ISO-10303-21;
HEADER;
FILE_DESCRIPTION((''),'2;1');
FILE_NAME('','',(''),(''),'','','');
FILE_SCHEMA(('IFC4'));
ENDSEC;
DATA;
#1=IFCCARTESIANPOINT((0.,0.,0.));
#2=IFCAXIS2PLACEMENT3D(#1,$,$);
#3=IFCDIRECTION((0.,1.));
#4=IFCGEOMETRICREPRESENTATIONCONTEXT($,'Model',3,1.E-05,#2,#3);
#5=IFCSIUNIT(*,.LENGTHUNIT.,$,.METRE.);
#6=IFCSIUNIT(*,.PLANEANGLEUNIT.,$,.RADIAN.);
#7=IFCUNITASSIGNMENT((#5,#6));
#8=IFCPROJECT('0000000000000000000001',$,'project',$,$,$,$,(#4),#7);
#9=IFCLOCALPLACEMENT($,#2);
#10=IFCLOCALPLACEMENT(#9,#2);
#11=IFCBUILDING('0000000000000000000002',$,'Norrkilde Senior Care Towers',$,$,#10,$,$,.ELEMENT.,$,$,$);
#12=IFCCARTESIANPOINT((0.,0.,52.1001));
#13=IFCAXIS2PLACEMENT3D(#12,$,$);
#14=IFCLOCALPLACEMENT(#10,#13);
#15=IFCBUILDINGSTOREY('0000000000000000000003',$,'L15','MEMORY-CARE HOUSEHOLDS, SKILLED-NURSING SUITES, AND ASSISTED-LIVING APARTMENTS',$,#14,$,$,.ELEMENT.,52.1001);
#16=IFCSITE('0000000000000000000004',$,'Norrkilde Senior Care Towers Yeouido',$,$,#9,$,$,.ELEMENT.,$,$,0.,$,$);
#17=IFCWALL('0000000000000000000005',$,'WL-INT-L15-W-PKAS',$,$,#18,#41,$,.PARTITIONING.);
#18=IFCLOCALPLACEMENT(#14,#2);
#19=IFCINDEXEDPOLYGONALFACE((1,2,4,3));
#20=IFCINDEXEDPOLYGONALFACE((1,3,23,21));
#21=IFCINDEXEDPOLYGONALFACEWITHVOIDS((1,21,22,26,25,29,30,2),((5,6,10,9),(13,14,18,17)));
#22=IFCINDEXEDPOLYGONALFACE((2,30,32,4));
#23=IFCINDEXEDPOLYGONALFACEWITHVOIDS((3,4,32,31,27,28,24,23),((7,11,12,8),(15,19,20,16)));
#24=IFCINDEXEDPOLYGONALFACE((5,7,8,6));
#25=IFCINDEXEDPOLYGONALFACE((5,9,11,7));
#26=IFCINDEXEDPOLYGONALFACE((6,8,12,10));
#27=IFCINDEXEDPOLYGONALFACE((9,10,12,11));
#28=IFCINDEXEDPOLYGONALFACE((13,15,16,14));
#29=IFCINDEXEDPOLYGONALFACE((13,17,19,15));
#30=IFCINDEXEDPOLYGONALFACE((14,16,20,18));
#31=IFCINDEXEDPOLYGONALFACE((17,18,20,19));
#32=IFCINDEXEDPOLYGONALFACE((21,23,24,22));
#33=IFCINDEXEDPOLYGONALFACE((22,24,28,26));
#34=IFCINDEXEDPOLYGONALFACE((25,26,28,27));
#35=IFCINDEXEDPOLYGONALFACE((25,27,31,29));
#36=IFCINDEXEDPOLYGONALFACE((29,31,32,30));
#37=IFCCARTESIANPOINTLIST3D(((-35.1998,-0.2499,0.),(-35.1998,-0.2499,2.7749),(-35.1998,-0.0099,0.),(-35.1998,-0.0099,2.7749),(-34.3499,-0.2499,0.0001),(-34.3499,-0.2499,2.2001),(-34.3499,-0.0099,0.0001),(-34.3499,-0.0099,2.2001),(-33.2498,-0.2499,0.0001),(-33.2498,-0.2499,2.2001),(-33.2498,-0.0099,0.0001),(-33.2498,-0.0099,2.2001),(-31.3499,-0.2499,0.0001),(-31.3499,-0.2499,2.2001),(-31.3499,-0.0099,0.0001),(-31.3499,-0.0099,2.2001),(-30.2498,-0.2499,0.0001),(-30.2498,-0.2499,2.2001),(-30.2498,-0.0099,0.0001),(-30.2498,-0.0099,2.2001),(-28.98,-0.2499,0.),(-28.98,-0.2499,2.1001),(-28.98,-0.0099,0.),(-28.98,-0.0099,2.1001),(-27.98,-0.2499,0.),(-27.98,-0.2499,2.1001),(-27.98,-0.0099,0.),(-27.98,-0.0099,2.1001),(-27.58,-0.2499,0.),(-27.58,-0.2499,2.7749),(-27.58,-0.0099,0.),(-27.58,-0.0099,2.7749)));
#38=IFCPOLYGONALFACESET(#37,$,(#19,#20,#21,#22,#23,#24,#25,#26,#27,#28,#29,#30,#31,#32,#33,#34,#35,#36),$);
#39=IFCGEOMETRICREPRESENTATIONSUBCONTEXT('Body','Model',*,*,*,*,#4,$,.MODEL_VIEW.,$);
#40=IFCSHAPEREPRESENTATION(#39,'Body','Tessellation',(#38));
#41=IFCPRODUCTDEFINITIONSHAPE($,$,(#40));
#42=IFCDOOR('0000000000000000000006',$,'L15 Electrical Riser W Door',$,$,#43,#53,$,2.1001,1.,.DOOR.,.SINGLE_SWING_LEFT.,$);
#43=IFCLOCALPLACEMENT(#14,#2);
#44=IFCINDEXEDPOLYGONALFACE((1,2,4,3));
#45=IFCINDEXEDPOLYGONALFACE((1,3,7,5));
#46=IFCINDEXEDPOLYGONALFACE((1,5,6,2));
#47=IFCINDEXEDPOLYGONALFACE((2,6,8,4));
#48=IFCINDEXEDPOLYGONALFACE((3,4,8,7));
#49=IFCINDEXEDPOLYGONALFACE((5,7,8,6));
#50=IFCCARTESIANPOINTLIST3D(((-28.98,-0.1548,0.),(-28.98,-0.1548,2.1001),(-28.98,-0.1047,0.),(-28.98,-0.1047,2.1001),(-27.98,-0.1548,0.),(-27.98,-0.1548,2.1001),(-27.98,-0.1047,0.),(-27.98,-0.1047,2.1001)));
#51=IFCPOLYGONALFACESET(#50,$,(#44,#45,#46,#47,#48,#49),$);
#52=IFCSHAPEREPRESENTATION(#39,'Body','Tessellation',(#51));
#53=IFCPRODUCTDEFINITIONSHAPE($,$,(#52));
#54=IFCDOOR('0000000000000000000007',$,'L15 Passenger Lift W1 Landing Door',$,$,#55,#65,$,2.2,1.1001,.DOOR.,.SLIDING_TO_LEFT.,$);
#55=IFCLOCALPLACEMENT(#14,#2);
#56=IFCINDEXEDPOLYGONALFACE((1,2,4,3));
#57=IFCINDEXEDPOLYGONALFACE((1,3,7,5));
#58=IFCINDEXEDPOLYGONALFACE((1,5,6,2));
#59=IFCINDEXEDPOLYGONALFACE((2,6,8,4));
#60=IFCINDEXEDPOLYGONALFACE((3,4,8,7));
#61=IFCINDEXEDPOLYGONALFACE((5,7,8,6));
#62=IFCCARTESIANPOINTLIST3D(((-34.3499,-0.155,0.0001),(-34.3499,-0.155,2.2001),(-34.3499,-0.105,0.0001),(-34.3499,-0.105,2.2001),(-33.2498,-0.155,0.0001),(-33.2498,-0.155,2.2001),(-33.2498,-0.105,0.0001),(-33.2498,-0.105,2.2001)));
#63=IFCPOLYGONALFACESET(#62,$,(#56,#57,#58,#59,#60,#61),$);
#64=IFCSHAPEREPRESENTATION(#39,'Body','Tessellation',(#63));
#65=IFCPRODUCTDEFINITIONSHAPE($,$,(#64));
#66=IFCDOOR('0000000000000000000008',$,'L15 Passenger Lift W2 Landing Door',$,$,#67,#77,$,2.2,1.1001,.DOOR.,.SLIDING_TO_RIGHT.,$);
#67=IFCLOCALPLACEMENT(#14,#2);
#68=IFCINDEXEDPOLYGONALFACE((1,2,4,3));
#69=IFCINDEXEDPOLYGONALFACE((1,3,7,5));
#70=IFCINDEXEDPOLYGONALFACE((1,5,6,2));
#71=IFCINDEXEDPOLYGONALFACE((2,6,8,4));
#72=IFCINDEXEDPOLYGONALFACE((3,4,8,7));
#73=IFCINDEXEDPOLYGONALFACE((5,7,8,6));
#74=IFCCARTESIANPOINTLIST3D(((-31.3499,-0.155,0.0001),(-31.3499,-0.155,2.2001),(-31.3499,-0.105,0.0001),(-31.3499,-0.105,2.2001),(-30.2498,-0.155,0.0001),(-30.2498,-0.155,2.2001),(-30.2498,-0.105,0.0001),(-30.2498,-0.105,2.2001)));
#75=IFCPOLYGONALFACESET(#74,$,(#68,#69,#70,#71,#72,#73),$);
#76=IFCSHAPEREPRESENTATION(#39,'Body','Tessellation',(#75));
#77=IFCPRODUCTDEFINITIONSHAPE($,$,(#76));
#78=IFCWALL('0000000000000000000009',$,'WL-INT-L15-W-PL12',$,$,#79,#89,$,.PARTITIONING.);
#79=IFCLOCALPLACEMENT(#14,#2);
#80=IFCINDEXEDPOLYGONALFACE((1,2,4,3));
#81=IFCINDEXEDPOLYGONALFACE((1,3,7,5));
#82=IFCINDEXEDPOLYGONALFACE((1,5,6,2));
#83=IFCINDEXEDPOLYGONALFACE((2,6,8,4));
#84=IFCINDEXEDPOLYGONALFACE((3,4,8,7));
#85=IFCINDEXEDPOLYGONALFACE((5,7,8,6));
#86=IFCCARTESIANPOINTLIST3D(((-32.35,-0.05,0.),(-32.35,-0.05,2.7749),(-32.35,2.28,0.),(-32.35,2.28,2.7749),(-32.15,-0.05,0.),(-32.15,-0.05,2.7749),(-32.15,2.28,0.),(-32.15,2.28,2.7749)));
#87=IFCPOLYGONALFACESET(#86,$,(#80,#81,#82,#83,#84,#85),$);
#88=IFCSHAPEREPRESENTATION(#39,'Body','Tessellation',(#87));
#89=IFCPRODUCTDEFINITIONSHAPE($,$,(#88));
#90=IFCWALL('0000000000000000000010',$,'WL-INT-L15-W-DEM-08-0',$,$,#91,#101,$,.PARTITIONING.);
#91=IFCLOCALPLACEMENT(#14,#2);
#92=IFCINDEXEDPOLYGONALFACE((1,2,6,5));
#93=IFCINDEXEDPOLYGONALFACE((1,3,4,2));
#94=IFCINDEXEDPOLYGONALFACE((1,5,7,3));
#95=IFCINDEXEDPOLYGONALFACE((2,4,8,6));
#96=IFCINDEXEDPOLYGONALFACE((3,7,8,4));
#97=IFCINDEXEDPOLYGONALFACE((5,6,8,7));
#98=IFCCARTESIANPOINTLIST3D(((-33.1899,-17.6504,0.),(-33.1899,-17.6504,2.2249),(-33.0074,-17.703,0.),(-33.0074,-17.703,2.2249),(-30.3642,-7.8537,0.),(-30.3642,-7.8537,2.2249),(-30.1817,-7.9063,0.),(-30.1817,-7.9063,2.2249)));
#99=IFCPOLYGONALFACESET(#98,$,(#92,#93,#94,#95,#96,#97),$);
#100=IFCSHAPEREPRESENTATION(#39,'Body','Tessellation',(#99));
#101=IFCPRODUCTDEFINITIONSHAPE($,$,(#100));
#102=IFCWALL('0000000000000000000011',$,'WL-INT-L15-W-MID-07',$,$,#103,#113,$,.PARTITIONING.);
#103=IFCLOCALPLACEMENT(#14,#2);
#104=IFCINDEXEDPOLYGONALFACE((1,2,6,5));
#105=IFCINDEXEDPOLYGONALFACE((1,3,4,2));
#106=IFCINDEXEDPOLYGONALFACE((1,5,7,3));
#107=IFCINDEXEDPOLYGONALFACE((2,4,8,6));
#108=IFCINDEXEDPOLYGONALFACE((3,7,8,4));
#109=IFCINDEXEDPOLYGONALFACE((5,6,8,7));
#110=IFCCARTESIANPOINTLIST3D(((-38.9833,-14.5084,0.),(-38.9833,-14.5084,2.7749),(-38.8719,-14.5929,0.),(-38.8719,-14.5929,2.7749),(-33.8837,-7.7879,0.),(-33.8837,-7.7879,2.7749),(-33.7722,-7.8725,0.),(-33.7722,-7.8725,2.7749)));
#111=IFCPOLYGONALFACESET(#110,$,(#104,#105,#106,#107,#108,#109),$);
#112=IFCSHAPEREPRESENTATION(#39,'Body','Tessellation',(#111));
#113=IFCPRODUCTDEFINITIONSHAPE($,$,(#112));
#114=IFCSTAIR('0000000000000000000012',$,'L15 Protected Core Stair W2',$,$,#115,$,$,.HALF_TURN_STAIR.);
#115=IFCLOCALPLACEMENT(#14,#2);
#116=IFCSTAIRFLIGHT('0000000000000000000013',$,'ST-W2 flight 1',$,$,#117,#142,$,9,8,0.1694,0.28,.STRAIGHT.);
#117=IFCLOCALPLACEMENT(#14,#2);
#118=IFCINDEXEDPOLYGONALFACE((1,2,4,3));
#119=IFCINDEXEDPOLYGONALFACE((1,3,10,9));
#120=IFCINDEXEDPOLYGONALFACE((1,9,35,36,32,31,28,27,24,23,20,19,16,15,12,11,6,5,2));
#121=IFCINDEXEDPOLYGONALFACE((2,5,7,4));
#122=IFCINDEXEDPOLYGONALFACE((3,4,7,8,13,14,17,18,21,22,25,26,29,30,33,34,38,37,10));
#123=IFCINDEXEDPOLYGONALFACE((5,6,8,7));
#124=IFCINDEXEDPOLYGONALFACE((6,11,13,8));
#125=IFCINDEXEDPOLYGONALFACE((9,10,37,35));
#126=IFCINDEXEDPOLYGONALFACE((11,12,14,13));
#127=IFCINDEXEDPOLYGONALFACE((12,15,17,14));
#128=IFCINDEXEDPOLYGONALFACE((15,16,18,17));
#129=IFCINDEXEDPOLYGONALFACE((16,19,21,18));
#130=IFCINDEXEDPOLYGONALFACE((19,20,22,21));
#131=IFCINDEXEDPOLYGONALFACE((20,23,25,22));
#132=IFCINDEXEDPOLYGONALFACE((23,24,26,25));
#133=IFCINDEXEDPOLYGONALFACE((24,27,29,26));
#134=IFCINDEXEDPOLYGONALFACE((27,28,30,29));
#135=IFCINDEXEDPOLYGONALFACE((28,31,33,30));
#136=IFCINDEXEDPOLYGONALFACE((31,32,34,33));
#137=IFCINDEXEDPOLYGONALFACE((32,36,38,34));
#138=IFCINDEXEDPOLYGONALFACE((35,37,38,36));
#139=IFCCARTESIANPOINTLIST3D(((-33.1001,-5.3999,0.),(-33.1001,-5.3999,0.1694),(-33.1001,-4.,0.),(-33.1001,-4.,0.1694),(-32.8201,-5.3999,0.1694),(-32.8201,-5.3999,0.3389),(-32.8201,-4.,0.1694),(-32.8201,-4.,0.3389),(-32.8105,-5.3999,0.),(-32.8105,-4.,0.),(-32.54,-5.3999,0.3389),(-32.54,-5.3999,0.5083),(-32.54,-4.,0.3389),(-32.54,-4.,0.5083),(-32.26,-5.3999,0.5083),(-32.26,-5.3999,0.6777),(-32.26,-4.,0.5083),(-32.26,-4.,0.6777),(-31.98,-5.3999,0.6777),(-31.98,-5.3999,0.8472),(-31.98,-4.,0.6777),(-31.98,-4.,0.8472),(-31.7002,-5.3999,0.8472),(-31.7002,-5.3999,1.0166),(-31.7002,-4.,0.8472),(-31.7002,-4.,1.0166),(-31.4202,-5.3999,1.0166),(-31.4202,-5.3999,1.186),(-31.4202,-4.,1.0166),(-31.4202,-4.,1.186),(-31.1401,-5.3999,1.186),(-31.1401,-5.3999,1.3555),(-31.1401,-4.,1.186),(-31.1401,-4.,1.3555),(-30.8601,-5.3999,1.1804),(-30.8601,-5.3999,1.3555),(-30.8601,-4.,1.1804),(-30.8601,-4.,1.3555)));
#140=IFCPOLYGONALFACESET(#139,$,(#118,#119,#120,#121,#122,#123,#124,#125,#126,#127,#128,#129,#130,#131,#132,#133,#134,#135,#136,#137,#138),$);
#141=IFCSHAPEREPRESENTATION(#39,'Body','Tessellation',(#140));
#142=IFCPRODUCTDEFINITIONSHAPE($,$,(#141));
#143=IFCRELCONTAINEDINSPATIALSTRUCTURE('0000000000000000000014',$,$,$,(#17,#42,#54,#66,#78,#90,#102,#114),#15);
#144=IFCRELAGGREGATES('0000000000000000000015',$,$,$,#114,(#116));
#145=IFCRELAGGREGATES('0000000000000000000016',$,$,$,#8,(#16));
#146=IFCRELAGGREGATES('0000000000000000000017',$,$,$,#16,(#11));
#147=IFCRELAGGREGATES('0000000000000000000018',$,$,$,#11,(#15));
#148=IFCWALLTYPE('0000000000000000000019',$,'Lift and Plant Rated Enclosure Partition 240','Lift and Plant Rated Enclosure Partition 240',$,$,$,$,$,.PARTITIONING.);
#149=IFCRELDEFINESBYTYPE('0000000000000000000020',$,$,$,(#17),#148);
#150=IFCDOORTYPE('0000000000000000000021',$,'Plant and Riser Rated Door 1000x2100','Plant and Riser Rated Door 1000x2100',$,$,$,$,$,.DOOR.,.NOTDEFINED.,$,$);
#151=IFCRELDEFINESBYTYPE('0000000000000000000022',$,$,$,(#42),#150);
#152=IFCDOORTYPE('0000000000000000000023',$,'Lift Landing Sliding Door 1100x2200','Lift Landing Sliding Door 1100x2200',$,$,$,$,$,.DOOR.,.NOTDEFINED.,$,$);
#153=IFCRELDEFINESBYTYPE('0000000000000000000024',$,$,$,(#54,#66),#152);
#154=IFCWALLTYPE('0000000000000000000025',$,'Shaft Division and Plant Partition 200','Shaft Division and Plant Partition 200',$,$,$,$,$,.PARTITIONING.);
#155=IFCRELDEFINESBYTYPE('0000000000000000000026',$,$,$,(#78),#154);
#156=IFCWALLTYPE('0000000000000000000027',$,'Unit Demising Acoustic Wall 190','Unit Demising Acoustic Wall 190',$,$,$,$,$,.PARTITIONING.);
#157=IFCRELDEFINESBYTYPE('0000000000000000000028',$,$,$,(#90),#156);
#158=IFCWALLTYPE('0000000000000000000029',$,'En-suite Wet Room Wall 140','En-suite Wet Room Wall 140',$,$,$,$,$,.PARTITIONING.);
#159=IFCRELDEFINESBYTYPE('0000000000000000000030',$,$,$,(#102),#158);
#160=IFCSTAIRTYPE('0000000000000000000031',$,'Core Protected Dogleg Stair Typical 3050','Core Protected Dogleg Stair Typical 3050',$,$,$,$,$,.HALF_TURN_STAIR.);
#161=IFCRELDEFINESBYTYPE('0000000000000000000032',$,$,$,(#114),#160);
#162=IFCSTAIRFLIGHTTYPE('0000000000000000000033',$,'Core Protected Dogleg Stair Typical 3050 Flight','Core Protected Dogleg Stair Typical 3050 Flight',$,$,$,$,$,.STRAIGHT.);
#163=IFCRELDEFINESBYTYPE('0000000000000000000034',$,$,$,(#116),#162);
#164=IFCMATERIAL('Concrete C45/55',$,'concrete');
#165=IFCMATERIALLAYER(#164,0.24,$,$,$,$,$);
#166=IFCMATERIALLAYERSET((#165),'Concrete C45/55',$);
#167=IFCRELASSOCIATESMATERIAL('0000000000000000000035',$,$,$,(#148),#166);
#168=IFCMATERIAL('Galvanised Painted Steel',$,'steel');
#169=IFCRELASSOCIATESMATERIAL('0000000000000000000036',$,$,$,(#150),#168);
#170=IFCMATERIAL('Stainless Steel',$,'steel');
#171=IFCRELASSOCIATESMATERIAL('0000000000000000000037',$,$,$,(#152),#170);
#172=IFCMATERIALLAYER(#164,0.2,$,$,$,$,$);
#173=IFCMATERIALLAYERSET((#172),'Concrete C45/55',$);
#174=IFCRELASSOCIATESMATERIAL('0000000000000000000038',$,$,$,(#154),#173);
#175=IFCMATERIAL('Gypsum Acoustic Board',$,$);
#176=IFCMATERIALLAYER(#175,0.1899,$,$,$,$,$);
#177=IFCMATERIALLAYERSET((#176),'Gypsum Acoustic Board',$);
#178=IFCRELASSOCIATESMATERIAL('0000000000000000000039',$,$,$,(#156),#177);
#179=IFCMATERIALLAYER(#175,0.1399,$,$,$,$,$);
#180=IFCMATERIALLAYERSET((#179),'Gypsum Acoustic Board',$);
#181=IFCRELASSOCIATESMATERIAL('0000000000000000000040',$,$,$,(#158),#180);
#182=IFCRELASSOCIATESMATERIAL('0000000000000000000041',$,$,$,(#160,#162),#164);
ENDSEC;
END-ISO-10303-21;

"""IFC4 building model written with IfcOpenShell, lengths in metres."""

from ifc_helpers import new_model, si_unit, direction, frame, frame_2d, origin, place, context, subcontext, project, spatial, polyline, rectangle, outline, extrude, source, transform, mapped, material, layer, layer_set, type_object, type_shapes, element, fill, aggregate, save


model = new_model("IFC4")

# Units and contexts
model_context = context("Model", 3, precision=1e-05, world=origin(), true_north=direction((0.0, 1.0)))
body_context = subcontext(model_context, "Body", "Model", "MODEL_VIEW")
ifc_project = project(units=[si_unit("LENGTHUNIT", "METRE"), si_unit("PLANEANGLEUNIT", "RADIAN")], contexts=[model_context])

# Site, building, storey
site_placement = place(None, origin())
site = spatial("IfcSite", under=ifc_project, at=site_placement, Name="Norrkilde Senior Care Towers Yeouido", CompositionType="ELEMENT", RefElevation=0.0)
building_placement = place(site_placement, origin())
building = spatial("IfcBuilding", under=site, at=building_placement, Name="Norrkilde Senior Care Towers", CompositionType="ELEMENT")
storey_placement = place(building_placement, frame((0.0, 0.0, 52.1001)))
storey = spatial("IfcBuildingStorey", under=building, at=storey_placement, Name="L15", Description="MEMORY-CARE HOUSEHOLDS, SKILLED-NURSING SUITES, AND ASSISTED-LIVING APARTMENTS", CompositionType="ELEMENT", Elevation=52.1001)

# Shared definitions
ifc_material_1 = material(Name="Concrete C45/55", Category="concrete")
ifc_material_2 = material(Name="Galvanised Painted Steel", Category="steel")

# Wall, openings, doors
ifc_layer_1 = layer(ifc_material_1, 0.24)
ifc_layer_set_1 = layer_set([ifc_layer_1], Name="Concrete C45/55")
wall_type_1 = type_object("IfcWallType", Name="Lift and Plant Rated Enclosure Partition 240", Description="Lift and Plant Rated Enclosure Partition 240", PredefinedType="PARTITIONING", material=ifc_layer_set_1)
shared_shape_1 = source(origin(), body_context, "Body", "SweptSolid", [
    extrude(rectangle(XDim=7.6199, YDim=0.24, at=frame_2d((3.8101, 0.0))), origin(), (0.0, 0.0, 1.0), 2.7749),
])
type_shapes(wall_type_1, [shared_shape_1])
wall_1_placement = place(storey_placement, frame((-35.2, -0.1299, 0.0), z_axis=(0.0, 0.0, 1.0), x_axis=(1.0, 0.0, 0.0)))
wall_1 = element("IfcWall", 1, at=wall_1_placement, inside=storey, type_object=wall_type_1, Name="WL-INT-L15-W-PKAS", PredefinedType="PARTITIONING", context=body_context, shape_type="MappedRepresentation", body=[
    mapped(shared_shape_1, transform((0.0, 0.0, 0.0), x_axis=(1.0, 0.0, 0.0), y_axis=(0.0, 1.0, 0.0), z_axis=(0.0, 0.0, 1.0), scale=1.0)),
])
opening_1_placement = place(wall_1_placement, frame((6.22, 0.0, 0.0)))
opening_1 = element("IfcOpeningElement", 2, at=opening_1_placement, cuts=wall_1, PredefinedType="OPENING", context=body_context, shape_type="SweptSolid", body=[
    extrude(rectangle(XDim=1.0, YDim=2.1001, at=frame_2d((0.5, 1.05))), frame((0.0, 0.1299, 0.0), z_axis=(0.0, -1.0, 0.0), x_axis=(1.0, 0.0, 0.0)), (0.0, 0.0, 1.0), 0.26),
])
opening_2_placement = place(wall_1_placement, frame((0.8501, 0.0, 0.0)))
opening_2 = element("IfcOpeningElement", 3, at=opening_2_placement, cuts=wall_1, PredefinedType="OPENING", context=body_context, shape_type="SweptSolid", body=[
    extrude(rectangle(XDim=1.1001, YDim=2.2, at=frame_2d((0.55, 1.1001))), frame((0.0, 0.1299, 0.0), z_axis=(0.0, -1.0, 0.0), x_axis=(1.0, 0.0, 0.0)), (0.0, 0.0, 1.0), 0.26),
])
opening_3_placement = place(wall_1_placement, frame((3.8501, 0.0, 0.0)))
opening_3 = element("IfcOpeningElement", 4, at=opening_3_placement, cuts=wall_1, PredefinedType="OPENING", context=body_context, shape_type="SweptSolid", body=[
    extrude(rectangle(XDim=1.1001, YDim=2.2, at=frame_2d((0.55, 1.1001))), frame((0.0, 0.1299, 0.0), z_axis=(0.0, -1.0, 0.0), x_axis=(1.0, 0.0, 0.0)), (0.0, 0.0, 1.0), 0.26),
])
door_type_1 = type_object("IfcDoorType", Name="Plant and Riser Rated Door 1000x2100", Description="Plant and Riser Rated Door 1000x2100", OperationType="NOTDEFINED", PredefinedType="DOOR", material=ifc_material_2)
shared_shape_2 = source(origin(), body_context, "Body", "SweptSolid", [
    extrude(rectangle(XDim=1.0, YDim=2.1001, at=frame_2d((0.5, 1.05))), frame((0.0, 0.0249, 0.0), z_axis=(0.0, -1.0, 0.0), x_axis=(1.0, 0.0, 0.0)), (0.0, 0.0, 1.0), 0.05),
])
type_shapes(door_type_1, [shared_shape_2])
door_1_placement = place(opening_1_placement, frame((1.0, 0.0, 0.0), z_axis=(0.0, 0.0, 1.0), x_axis=(-1.0, 0.0, 0.0)))
door_1 = element("IfcDoor", 5, at=door_1_placement, inside=storey, type_object=door_type_1, Name="L15 Electrical Riser W Door", OperationType="SINGLE_SWING_LEFT", OverallHeight=2.1001, OverallWidth=1.0, PredefinedType="DOOR", context=body_context, shape_type="MappedRepresentation", body=[
    mapped(shared_shape_2, transform((0.0, 0.0, 0.0), x_axis=(1.0, 0.0, 0.0), y_axis=(0.0, 1.0, 0.0), z_axis=(0.0, 0.0, 1.0), scale=1.0)),
])
fill(opening_1, door_1)
ifc_material_3 = material(Name="Stainless Steel", Category="steel")
door_type_2 = type_object("IfcDoorType", Name="Lift Landing Sliding Door 1100x2200", Description="Lift Landing Sliding Door 1100x2200", OperationType="NOTDEFINED", PredefinedType="DOOR", material=ifc_material_3)
shared_shape_3 = source(origin(), body_context, "Body", "SweptSolid", [
    extrude(rectangle(XDim=1.1001, YDim=2.2, at=frame_2d((0.55, 1.1001))), frame((0.0, 0.0249, 0.0), z_axis=(0.0, -1.0, 0.0), x_axis=(1.0, 0.0, 0.0)), (0.0, 0.0, 1.0), 0.05),
])
type_shapes(door_type_2, [shared_shape_3])
door_2_placement = place(opening_2_placement, origin())
door_2 = element("IfcDoor", 6, at=door_2_placement, inside=storey, type_object=door_type_2, Name="L15 Passenger Lift W1 Landing Door", OperationType="SLIDING_TO_LEFT", OverallHeight=2.2, OverallWidth=1.1001, PredefinedType="DOOR", context=body_context, shape_type="MappedRepresentation", body=[
    mapped(shared_shape_3, transform((0.0, 0.0, 0.0), x_axis=(1.0, 0.0, 0.0), y_axis=(0.0, 1.0, 0.0), z_axis=(0.0, 0.0, 1.0), scale=1.0)),
])
fill(opening_2, door_2)
door_3_placement = place(opening_3_placement, origin())
door_3 = element("IfcDoor", 7, at=door_3_placement, inside=storey, type_object=door_type_2, Name="L15 Passenger Lift W2 Landing Door", OperationType="SLIDING_TO_RIGHT", OverallHeight=2.2, OverallWidth=1.1001, PredefinedType="DOOR", context=body_context, shape_type="MappedRepresentation", body=[
    mapped(shared_shape_3, transform((0.0, 0.0, 0.0), x_axis=(1.0, 0.0, 0.0), y_axis=(0.0, 1.0, 0.0), z_axis=(0.0, 0.0, 1.0), scale=1.0)),
])
fill(opening_3, door_3)

# Walls
ifc_layer_2 = layer(ifc_material_1, 0.2)
ifc_layer_set_2 = layer_set([ifc_layer_2], Name="Concrete C45/55")
wall_type_2 = type_object("IfcWallType", Name="Shaft Division and Plant Partition 200", Description="Shaft Division and Plant Partition 200", PredefinedType="PARTITIONING", material=ifc_layer_set_2)
shared_shape_4 = source(origin(), body_context, "Body", "SweptSolid", [
    extrude(rectangle(XDim=2.3301, YDim=0.2, at=frame_2d((1.165, 0.0))), origin(), (0.0, 0.0, 1.0), 2.7749),
])
type_shapes(wall_type_2, [shared_shape_4])
wall_2_placement = place(storey_placement, frame((-32.25, -0.05, 0.0), z_axis=(0.0, 0.0, 1.0), x_axis=(0.0, 1.0, 0.0)))
element("IfcWall", 8, at=wall_2_placement, inside=storey, type_object=wall_type_2, Name="WL-INT-L15-W-PL12", PredefinedType="PARTITIONING", context=body_context, shape_type="MappedRepresentation", body=[
    mapped(shared_shape_4, transform((0.0, 0.0, 0.0), x_axis=(1.0, 0.0, 0.0), y_axis=(0.0, 1.0, 0.0), z_axis=(0.0, 0.0, 1.0), scale=1.0)),
])
ifc_material_4 = material(Name="Gypsum Acoustic Board")
ifc_layer_3 = layer(ifc_material_4, 0.1899)
ifc_layer_set_3 = layer_set([ifc_layer_3], Name="Gypsum Acoustic Board")
wall_type_3 = type_object("IfcWallType", Name="Unit Demising Acoustic Wall 190", Description="Unit Demising Acoustic Wall 190", PredefinedType="PARTITIONING", material=ifc_layer_set_3)
shared_shape_5 = source(origin(), body_context, "Body", "SweptSolid", [
    extrude(rectangle(XDim=10.196, YDim=0.1899, at=frame_2d((5.0981, 0.0))), origin(), (0.0, 0.0, 1.0), 2.2249),
])
type_shapes(wall_type_3, [shared_shape_5])
wall_3_placement = place(storey_placement, frame((-30.2729, -7.8799, 0.0), z_axis=(0.0, 0.0, 1.0), x_axis=(-0.277136, -0.960831, 0.0)))
element("IfcWall", 9, at=wall_3_placement, inside=storey, type_object=wall_type_3, Name="WL-INT-L15-W-DEM-08-0", PredefinedType="PARTITIONING", context=body_context, shape_type="MappedRepresentation", body=[
    mapped(shared_shape_5, transform((0.0, 0.0, 0.0), x_axis=(1.0, 0.0, 0.0), y_axis=(0.0, 1.0, 0.0), z_axis=(0.0, 0.0, 1.0), scale=1.0)),
])
ifc_layer_4 = layer(ifc_material_4, 0.1399)
ifc_layer_set_4 = layer_set([ifc_layer_4], Name="Gypsum Acoustic Board")
wall_type_4 = type_object("IfcWallType", Name="En-suite Wet Room Wall 140", Description="En-suite Wet Room Wall 140", PredefinedType="PARTITIONING", material=ifc_layer_set_4)
shared_shape_6 = source(origin(), body_context, "Body", "SweptSolid", [
    extrude(rectangle(XDim=8.4363, YDim=0.1399, at=frame_2d((4.2183, 0.0))), origin(), (0.0, 0.0, 1.0), 2.7749),
])
type_shapes(wall_type_4, [shared_shape_6])
wall_4_placement = place(storey_placement, frame((-33.8279, -7.8301, 0.0), z_axis=(0.0, 0.0, 1.0), x_axis=(-0.604487, -0.796615, 0.0)))
element("IfcWall", 10, at=wall_4_placement, inside=storey, type_object=wall_type_4, Name="WL-INT-L15-W-MID-07", PredefinedType="PARTITIONING", context=body_context, shape_type="MappedRepresentation", body=[
    mapped(shared_shape_6, transform((0.0, 0.0, 0.0), x_axis=(1.0, 0.0, 0.0), y_axis=(0.0, 1.0, 0.0), z_axis=(0.0, 0.0, 1.0), scale=1.0)),
])

# Stair, stair flight
stair_type = type_object("IfcStairType", Name="Core Protected Dogleg Stair Typical 3050", Description="Core Protected Dogleg Stair Typical 3050", PredefinedType="HALF_TURN_STAIR", material=ifc_material_1)
stair_placement = place(storey_placement, origin())
stair = element("IfcStair", 11, at=stair_placement, inside=storey, type_object=stair_type, Name="L15 Protected Core Stair W2", PredefinedType="HALF_TURN_STAIR")
stair_flight_type = type_object("IfcStairFlightType", Name="Core Protected Dogleg Stair Typical 3050 Flight", Description="Core Protected Dogleg Stair Typical 3050 Flight", PredefinedType="STRAIGHT", material=ifc_material_1)
stair_flight_1_placement = place(storey_placement, frame((-33.1001, -4.7, 0.0), z_axis=(0.0, 0.0, 1.0), x_axis=(1.0, 0.0, 0.0)))
stair_flight_1 = element("IfcStairFlight", 12, at=stair_flight_1_placement, type_object=stair_flight_type, Name="ST-W2 flight 1", NumberOfRisers=9, NumberOfTreads=8, PredefinedType="STRAIGHT", RiserHeight=0.1694, TreadLength=0.28, context=body_context, shape_type="SweptSolid", body=[
    extrude(outline(polyline([(0.0, 0.0), (0.0, 0.1694), (0.28, 0.1694), (0.28, 0.3389), (0.5601, 0.3389), (0.5601, 0.5083), (0.8401, 0.5083), (0.8401, 0.6777), (1.1201, 0.6777), (1.1201, 0.8472), (1.3999, 0.8472), (1.3999, 1.0166), (1.6799, 1.0166), (1.6799, 1.186), (1.96, 1.186), (1.96, 1.3555), (2.24, 1.3555), (2.24, 1.5249), (2.24, 1.1804), (0.2896, 0.0), (0.0, 0.0)])), frame((0.0, 0.7, 0.0), z_axis=(0.0, -1.0, 0.0), x_axis=(1.0, 0.0, 0.0)), (0.0, 0.0, 1.0), 1.3999),
])
aggregate(stair, [stair_flight_1])

save(model, "model.ifc")
